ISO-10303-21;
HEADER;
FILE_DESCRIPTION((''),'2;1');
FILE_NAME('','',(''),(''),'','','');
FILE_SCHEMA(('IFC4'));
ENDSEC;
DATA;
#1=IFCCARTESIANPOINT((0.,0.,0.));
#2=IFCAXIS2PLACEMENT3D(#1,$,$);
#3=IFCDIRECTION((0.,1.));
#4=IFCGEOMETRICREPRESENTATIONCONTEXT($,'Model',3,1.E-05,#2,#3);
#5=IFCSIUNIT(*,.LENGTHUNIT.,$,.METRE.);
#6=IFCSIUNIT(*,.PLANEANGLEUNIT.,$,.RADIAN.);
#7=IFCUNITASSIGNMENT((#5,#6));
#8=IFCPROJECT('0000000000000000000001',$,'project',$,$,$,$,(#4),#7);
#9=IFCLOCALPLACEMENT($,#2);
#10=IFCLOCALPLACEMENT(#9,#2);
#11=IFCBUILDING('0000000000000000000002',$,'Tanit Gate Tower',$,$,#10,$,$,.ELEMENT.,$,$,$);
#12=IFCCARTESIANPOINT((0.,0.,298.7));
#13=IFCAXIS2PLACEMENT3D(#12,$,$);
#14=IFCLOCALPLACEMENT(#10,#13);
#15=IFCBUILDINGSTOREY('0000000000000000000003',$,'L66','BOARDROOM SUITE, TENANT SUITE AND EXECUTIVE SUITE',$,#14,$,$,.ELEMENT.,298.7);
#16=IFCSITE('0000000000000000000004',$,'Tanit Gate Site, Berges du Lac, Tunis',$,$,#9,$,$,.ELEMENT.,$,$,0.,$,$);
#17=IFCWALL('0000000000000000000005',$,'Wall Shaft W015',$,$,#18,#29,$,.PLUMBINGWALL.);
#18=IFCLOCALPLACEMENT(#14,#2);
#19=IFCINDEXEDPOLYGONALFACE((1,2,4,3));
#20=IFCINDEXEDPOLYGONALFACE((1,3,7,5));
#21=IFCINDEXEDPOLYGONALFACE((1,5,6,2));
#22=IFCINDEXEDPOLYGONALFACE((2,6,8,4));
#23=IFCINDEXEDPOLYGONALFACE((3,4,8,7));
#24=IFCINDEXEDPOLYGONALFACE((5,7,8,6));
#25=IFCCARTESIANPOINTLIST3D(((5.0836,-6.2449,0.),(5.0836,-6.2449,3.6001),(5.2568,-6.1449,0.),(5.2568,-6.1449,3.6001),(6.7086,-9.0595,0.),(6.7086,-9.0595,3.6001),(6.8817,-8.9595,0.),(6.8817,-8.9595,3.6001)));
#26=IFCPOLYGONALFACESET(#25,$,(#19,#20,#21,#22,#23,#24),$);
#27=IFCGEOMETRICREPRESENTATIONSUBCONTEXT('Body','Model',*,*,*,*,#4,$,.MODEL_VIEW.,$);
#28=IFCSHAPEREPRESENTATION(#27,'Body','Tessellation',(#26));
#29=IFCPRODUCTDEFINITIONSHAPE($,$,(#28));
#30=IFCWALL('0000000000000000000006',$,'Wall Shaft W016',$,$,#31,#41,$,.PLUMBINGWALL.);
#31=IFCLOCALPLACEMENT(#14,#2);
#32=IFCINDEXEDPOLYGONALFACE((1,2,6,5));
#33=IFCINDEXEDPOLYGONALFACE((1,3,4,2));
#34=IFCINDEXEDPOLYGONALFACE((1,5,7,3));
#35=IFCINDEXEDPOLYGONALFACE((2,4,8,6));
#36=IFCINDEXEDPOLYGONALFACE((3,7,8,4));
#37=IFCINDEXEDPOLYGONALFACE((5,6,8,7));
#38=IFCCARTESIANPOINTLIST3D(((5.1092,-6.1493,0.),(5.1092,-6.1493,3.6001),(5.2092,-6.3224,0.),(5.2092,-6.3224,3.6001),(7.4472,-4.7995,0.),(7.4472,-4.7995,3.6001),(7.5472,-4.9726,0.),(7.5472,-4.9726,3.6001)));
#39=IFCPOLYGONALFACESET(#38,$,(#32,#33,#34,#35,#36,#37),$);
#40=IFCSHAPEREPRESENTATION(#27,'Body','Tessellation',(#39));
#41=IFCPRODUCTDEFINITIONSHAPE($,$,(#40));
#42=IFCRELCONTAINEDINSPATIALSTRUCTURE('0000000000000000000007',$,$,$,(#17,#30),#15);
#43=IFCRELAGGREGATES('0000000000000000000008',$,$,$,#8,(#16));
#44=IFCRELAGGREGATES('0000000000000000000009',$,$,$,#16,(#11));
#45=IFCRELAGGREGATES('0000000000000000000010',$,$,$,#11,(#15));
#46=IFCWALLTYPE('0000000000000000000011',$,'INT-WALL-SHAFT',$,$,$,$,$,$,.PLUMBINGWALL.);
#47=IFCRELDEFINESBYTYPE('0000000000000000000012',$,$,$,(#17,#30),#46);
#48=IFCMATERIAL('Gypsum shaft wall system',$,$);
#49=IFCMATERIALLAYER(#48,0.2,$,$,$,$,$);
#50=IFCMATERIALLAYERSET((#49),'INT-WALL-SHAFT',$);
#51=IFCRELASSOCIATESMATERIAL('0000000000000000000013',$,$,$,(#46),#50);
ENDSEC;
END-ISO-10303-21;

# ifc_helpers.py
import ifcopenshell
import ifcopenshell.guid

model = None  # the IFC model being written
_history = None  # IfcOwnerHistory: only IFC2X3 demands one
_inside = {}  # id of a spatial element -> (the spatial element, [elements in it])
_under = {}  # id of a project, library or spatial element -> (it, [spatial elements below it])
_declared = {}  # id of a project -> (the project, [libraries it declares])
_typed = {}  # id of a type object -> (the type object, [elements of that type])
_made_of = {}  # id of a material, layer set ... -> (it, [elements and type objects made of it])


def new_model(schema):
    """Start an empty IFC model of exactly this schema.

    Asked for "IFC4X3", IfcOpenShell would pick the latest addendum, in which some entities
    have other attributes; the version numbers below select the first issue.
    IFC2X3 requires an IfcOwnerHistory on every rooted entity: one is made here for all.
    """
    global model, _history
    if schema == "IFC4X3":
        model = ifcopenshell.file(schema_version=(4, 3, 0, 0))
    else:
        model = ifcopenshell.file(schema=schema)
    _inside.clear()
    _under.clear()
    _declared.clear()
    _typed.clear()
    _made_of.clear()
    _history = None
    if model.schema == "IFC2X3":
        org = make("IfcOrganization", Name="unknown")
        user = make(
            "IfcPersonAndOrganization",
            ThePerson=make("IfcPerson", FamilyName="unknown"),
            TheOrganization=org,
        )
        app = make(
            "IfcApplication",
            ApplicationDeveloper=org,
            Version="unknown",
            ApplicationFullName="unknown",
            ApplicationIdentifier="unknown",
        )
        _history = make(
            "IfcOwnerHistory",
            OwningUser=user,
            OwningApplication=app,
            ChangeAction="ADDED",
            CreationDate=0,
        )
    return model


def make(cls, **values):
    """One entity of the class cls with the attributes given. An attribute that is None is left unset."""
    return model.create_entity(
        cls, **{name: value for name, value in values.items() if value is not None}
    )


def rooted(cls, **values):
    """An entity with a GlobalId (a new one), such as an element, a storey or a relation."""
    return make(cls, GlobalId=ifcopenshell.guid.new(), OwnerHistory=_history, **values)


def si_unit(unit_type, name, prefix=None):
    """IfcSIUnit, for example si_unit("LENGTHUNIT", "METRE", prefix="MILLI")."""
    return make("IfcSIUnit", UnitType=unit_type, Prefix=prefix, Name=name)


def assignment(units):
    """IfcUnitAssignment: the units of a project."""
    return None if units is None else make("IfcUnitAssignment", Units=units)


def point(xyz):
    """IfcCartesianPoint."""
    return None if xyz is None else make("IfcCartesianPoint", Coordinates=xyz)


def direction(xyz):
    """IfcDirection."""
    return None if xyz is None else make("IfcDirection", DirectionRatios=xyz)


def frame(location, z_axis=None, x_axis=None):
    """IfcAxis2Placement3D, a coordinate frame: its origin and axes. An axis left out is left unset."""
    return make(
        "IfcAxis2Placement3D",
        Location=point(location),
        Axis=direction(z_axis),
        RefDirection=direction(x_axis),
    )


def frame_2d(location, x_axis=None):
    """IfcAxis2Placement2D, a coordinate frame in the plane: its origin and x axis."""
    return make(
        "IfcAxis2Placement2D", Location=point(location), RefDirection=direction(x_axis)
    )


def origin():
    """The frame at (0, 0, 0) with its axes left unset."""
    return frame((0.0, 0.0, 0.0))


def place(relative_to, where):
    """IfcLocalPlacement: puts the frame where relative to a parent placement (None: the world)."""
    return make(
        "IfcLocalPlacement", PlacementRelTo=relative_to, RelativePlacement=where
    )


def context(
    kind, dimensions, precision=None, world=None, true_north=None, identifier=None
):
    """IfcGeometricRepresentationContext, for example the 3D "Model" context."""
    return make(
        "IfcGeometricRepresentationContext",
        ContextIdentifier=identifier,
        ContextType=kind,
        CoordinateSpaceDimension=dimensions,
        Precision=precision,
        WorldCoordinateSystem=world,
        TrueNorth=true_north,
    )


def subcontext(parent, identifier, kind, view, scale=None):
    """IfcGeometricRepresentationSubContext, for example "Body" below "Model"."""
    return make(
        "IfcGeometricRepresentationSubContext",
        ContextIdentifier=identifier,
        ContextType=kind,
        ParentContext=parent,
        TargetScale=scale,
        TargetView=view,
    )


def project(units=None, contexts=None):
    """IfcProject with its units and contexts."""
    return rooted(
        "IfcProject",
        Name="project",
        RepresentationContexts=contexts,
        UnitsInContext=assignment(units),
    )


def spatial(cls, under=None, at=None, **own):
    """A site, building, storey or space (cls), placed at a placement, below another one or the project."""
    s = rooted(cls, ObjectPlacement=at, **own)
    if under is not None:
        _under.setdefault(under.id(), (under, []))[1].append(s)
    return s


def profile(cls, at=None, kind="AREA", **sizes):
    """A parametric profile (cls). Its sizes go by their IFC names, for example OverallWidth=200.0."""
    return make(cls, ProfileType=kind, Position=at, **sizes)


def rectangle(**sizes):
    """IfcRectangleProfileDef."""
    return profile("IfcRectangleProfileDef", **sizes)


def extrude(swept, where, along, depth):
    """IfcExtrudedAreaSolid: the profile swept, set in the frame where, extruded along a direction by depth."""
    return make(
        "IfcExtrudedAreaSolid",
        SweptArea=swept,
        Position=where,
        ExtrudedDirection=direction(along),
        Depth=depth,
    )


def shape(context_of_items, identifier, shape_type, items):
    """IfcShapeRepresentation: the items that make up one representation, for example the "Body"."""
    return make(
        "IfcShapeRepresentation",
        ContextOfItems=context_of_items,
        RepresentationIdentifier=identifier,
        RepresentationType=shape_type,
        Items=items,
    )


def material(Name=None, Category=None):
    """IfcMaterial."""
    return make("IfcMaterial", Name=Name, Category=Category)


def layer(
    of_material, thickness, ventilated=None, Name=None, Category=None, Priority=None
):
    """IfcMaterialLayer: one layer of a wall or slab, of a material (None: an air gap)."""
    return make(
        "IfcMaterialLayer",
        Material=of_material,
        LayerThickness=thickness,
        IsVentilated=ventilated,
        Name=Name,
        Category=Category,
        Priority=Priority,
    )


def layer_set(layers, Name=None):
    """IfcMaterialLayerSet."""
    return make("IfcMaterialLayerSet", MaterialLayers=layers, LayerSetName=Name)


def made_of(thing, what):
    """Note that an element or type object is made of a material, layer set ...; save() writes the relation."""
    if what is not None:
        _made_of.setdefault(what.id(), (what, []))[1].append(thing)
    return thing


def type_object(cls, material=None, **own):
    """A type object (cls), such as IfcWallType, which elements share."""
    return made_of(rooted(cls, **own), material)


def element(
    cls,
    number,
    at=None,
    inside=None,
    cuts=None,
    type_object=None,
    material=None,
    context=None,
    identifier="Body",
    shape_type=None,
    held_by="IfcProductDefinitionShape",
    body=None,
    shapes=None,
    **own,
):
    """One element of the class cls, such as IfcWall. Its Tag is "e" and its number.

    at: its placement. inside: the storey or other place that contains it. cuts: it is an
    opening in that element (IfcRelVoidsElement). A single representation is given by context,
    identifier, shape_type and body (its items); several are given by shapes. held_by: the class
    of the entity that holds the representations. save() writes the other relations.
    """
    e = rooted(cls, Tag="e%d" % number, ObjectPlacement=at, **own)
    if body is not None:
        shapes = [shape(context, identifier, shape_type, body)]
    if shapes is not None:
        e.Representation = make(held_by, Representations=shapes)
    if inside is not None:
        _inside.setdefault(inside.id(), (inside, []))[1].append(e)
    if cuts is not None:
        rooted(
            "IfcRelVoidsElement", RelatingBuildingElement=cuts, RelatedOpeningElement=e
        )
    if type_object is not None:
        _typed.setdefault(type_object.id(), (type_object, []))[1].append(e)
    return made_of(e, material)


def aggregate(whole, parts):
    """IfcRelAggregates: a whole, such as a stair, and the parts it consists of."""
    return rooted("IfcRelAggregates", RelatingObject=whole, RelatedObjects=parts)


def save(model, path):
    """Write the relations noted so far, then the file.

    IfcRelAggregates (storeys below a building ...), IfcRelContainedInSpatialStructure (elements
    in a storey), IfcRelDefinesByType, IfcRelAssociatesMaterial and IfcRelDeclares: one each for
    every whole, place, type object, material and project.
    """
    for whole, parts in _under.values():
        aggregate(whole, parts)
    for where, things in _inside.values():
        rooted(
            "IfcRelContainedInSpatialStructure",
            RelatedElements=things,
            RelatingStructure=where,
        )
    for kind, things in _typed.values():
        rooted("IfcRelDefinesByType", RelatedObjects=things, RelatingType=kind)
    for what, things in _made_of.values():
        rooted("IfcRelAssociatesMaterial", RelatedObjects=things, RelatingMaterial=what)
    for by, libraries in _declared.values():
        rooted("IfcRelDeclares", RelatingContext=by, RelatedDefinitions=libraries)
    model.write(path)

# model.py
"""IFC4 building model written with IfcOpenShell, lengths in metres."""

from ifc_helpers import new_model, si_unit, direction, frame, frame_2d, origin, place, context, subcontext, project, spatial, rectangle, extrude, material, layer, layer_set, type_object, element, save


model = new_model("IFC4")

# Units and contexts
model_context = context("Model", 3, precision=1e-05, world=origin(), true_north=direction((0.0, 1.0)))
body_context = subcontext(model_context, "Body", "Model", "MODEL_VIEW")
ifc_project = project(units=[si_unit("LENGTHUNIT", "METRE"), si_unit("PLANEANGLEUNIT", "RADIAN")], contexts=[model_context])

# Site, building, storey
site_placement = place(None, origin())
site = spatial("IfcSite", under=ifc_project, at=site_placement, Name="Tanit Gate Site, Berges du Lac, Tunis", CompositionType="ELEMENT", RefElevation=0.0)
building_placement = place(site_placement, origin())
building = spatial("IfcBuilding", under=site, at=building_placement, Name="Tanit Gate Tower", CompositionType="ELEMENT")
storey_placement = place(building_placement, frame((0.0, 0.0, 298.7)))
storey = spatial("IfcBuildingStorey", under=building, at=storey_placement, Name="L66", Description="BOARDROOM SUITE, TENANT SUITE AND EXECUTIVE SUITE", CompositionType="ELEMENT", Elevation=298.7)

# Walls
ifc_material_1 = material(Name="Gypsum shaft wall system")
ifc_layer_1 = layer(ifc_material_1, 0.2)
ifc_layer_set_1 = layer_set([ifc_layer_1], Name="INT-WALL-SHAFT")
wall_type_1 = type_object("IfcWallType", Name="INT-WALL-SHAFT", PredefinedType="PLUMBINGWALL", material=ifc_layer_set_1)
wall_1_placement = place(storey_placement, frame((6.7952, -9.0095, 0.0), z_axis=(0.0, 0.0, 1.0), x_axis=(-0.499985, 0.866034, 0.0)))
element("IfcWall", 1, at=wall_1_placement, inside=storey, type_object=wall_type_1, Name="Wall Shaft W015", PredefinedType="PLUMBINGWALL", context=body_context, shape_type="SweptSolid", body=[
    extrude(rectangle(XDim=3.25, YDim=0.2, at=frame_2d((1.625, 0.0))), origin(), (0.0, 0.0, 1.0), 3.6001),
])
wall_2_placement = place(storey_placement, frame((5.1592, -6.2358, 0.0), z_axis=(0.0, 0.0, 1.0), x_axis=(0.866037, 0.499981, 0.0)))
element("IfcWall", 2, at=wall_2_placement, inside=storey, type_object=wall_type_1, Name="Wall Shaft W016", PredefinedType="PLUMBINGWALL", context=body_context, shape_type="SweptSolid", body=[
    extrude(rectangle(XDim=2.6997, YDim=0.2, at=frame_2d((1.3499, 0.0))), origin(), (0.0, 0.0, 1.0), 3.6001),
])

save(model, "model.ifc")
